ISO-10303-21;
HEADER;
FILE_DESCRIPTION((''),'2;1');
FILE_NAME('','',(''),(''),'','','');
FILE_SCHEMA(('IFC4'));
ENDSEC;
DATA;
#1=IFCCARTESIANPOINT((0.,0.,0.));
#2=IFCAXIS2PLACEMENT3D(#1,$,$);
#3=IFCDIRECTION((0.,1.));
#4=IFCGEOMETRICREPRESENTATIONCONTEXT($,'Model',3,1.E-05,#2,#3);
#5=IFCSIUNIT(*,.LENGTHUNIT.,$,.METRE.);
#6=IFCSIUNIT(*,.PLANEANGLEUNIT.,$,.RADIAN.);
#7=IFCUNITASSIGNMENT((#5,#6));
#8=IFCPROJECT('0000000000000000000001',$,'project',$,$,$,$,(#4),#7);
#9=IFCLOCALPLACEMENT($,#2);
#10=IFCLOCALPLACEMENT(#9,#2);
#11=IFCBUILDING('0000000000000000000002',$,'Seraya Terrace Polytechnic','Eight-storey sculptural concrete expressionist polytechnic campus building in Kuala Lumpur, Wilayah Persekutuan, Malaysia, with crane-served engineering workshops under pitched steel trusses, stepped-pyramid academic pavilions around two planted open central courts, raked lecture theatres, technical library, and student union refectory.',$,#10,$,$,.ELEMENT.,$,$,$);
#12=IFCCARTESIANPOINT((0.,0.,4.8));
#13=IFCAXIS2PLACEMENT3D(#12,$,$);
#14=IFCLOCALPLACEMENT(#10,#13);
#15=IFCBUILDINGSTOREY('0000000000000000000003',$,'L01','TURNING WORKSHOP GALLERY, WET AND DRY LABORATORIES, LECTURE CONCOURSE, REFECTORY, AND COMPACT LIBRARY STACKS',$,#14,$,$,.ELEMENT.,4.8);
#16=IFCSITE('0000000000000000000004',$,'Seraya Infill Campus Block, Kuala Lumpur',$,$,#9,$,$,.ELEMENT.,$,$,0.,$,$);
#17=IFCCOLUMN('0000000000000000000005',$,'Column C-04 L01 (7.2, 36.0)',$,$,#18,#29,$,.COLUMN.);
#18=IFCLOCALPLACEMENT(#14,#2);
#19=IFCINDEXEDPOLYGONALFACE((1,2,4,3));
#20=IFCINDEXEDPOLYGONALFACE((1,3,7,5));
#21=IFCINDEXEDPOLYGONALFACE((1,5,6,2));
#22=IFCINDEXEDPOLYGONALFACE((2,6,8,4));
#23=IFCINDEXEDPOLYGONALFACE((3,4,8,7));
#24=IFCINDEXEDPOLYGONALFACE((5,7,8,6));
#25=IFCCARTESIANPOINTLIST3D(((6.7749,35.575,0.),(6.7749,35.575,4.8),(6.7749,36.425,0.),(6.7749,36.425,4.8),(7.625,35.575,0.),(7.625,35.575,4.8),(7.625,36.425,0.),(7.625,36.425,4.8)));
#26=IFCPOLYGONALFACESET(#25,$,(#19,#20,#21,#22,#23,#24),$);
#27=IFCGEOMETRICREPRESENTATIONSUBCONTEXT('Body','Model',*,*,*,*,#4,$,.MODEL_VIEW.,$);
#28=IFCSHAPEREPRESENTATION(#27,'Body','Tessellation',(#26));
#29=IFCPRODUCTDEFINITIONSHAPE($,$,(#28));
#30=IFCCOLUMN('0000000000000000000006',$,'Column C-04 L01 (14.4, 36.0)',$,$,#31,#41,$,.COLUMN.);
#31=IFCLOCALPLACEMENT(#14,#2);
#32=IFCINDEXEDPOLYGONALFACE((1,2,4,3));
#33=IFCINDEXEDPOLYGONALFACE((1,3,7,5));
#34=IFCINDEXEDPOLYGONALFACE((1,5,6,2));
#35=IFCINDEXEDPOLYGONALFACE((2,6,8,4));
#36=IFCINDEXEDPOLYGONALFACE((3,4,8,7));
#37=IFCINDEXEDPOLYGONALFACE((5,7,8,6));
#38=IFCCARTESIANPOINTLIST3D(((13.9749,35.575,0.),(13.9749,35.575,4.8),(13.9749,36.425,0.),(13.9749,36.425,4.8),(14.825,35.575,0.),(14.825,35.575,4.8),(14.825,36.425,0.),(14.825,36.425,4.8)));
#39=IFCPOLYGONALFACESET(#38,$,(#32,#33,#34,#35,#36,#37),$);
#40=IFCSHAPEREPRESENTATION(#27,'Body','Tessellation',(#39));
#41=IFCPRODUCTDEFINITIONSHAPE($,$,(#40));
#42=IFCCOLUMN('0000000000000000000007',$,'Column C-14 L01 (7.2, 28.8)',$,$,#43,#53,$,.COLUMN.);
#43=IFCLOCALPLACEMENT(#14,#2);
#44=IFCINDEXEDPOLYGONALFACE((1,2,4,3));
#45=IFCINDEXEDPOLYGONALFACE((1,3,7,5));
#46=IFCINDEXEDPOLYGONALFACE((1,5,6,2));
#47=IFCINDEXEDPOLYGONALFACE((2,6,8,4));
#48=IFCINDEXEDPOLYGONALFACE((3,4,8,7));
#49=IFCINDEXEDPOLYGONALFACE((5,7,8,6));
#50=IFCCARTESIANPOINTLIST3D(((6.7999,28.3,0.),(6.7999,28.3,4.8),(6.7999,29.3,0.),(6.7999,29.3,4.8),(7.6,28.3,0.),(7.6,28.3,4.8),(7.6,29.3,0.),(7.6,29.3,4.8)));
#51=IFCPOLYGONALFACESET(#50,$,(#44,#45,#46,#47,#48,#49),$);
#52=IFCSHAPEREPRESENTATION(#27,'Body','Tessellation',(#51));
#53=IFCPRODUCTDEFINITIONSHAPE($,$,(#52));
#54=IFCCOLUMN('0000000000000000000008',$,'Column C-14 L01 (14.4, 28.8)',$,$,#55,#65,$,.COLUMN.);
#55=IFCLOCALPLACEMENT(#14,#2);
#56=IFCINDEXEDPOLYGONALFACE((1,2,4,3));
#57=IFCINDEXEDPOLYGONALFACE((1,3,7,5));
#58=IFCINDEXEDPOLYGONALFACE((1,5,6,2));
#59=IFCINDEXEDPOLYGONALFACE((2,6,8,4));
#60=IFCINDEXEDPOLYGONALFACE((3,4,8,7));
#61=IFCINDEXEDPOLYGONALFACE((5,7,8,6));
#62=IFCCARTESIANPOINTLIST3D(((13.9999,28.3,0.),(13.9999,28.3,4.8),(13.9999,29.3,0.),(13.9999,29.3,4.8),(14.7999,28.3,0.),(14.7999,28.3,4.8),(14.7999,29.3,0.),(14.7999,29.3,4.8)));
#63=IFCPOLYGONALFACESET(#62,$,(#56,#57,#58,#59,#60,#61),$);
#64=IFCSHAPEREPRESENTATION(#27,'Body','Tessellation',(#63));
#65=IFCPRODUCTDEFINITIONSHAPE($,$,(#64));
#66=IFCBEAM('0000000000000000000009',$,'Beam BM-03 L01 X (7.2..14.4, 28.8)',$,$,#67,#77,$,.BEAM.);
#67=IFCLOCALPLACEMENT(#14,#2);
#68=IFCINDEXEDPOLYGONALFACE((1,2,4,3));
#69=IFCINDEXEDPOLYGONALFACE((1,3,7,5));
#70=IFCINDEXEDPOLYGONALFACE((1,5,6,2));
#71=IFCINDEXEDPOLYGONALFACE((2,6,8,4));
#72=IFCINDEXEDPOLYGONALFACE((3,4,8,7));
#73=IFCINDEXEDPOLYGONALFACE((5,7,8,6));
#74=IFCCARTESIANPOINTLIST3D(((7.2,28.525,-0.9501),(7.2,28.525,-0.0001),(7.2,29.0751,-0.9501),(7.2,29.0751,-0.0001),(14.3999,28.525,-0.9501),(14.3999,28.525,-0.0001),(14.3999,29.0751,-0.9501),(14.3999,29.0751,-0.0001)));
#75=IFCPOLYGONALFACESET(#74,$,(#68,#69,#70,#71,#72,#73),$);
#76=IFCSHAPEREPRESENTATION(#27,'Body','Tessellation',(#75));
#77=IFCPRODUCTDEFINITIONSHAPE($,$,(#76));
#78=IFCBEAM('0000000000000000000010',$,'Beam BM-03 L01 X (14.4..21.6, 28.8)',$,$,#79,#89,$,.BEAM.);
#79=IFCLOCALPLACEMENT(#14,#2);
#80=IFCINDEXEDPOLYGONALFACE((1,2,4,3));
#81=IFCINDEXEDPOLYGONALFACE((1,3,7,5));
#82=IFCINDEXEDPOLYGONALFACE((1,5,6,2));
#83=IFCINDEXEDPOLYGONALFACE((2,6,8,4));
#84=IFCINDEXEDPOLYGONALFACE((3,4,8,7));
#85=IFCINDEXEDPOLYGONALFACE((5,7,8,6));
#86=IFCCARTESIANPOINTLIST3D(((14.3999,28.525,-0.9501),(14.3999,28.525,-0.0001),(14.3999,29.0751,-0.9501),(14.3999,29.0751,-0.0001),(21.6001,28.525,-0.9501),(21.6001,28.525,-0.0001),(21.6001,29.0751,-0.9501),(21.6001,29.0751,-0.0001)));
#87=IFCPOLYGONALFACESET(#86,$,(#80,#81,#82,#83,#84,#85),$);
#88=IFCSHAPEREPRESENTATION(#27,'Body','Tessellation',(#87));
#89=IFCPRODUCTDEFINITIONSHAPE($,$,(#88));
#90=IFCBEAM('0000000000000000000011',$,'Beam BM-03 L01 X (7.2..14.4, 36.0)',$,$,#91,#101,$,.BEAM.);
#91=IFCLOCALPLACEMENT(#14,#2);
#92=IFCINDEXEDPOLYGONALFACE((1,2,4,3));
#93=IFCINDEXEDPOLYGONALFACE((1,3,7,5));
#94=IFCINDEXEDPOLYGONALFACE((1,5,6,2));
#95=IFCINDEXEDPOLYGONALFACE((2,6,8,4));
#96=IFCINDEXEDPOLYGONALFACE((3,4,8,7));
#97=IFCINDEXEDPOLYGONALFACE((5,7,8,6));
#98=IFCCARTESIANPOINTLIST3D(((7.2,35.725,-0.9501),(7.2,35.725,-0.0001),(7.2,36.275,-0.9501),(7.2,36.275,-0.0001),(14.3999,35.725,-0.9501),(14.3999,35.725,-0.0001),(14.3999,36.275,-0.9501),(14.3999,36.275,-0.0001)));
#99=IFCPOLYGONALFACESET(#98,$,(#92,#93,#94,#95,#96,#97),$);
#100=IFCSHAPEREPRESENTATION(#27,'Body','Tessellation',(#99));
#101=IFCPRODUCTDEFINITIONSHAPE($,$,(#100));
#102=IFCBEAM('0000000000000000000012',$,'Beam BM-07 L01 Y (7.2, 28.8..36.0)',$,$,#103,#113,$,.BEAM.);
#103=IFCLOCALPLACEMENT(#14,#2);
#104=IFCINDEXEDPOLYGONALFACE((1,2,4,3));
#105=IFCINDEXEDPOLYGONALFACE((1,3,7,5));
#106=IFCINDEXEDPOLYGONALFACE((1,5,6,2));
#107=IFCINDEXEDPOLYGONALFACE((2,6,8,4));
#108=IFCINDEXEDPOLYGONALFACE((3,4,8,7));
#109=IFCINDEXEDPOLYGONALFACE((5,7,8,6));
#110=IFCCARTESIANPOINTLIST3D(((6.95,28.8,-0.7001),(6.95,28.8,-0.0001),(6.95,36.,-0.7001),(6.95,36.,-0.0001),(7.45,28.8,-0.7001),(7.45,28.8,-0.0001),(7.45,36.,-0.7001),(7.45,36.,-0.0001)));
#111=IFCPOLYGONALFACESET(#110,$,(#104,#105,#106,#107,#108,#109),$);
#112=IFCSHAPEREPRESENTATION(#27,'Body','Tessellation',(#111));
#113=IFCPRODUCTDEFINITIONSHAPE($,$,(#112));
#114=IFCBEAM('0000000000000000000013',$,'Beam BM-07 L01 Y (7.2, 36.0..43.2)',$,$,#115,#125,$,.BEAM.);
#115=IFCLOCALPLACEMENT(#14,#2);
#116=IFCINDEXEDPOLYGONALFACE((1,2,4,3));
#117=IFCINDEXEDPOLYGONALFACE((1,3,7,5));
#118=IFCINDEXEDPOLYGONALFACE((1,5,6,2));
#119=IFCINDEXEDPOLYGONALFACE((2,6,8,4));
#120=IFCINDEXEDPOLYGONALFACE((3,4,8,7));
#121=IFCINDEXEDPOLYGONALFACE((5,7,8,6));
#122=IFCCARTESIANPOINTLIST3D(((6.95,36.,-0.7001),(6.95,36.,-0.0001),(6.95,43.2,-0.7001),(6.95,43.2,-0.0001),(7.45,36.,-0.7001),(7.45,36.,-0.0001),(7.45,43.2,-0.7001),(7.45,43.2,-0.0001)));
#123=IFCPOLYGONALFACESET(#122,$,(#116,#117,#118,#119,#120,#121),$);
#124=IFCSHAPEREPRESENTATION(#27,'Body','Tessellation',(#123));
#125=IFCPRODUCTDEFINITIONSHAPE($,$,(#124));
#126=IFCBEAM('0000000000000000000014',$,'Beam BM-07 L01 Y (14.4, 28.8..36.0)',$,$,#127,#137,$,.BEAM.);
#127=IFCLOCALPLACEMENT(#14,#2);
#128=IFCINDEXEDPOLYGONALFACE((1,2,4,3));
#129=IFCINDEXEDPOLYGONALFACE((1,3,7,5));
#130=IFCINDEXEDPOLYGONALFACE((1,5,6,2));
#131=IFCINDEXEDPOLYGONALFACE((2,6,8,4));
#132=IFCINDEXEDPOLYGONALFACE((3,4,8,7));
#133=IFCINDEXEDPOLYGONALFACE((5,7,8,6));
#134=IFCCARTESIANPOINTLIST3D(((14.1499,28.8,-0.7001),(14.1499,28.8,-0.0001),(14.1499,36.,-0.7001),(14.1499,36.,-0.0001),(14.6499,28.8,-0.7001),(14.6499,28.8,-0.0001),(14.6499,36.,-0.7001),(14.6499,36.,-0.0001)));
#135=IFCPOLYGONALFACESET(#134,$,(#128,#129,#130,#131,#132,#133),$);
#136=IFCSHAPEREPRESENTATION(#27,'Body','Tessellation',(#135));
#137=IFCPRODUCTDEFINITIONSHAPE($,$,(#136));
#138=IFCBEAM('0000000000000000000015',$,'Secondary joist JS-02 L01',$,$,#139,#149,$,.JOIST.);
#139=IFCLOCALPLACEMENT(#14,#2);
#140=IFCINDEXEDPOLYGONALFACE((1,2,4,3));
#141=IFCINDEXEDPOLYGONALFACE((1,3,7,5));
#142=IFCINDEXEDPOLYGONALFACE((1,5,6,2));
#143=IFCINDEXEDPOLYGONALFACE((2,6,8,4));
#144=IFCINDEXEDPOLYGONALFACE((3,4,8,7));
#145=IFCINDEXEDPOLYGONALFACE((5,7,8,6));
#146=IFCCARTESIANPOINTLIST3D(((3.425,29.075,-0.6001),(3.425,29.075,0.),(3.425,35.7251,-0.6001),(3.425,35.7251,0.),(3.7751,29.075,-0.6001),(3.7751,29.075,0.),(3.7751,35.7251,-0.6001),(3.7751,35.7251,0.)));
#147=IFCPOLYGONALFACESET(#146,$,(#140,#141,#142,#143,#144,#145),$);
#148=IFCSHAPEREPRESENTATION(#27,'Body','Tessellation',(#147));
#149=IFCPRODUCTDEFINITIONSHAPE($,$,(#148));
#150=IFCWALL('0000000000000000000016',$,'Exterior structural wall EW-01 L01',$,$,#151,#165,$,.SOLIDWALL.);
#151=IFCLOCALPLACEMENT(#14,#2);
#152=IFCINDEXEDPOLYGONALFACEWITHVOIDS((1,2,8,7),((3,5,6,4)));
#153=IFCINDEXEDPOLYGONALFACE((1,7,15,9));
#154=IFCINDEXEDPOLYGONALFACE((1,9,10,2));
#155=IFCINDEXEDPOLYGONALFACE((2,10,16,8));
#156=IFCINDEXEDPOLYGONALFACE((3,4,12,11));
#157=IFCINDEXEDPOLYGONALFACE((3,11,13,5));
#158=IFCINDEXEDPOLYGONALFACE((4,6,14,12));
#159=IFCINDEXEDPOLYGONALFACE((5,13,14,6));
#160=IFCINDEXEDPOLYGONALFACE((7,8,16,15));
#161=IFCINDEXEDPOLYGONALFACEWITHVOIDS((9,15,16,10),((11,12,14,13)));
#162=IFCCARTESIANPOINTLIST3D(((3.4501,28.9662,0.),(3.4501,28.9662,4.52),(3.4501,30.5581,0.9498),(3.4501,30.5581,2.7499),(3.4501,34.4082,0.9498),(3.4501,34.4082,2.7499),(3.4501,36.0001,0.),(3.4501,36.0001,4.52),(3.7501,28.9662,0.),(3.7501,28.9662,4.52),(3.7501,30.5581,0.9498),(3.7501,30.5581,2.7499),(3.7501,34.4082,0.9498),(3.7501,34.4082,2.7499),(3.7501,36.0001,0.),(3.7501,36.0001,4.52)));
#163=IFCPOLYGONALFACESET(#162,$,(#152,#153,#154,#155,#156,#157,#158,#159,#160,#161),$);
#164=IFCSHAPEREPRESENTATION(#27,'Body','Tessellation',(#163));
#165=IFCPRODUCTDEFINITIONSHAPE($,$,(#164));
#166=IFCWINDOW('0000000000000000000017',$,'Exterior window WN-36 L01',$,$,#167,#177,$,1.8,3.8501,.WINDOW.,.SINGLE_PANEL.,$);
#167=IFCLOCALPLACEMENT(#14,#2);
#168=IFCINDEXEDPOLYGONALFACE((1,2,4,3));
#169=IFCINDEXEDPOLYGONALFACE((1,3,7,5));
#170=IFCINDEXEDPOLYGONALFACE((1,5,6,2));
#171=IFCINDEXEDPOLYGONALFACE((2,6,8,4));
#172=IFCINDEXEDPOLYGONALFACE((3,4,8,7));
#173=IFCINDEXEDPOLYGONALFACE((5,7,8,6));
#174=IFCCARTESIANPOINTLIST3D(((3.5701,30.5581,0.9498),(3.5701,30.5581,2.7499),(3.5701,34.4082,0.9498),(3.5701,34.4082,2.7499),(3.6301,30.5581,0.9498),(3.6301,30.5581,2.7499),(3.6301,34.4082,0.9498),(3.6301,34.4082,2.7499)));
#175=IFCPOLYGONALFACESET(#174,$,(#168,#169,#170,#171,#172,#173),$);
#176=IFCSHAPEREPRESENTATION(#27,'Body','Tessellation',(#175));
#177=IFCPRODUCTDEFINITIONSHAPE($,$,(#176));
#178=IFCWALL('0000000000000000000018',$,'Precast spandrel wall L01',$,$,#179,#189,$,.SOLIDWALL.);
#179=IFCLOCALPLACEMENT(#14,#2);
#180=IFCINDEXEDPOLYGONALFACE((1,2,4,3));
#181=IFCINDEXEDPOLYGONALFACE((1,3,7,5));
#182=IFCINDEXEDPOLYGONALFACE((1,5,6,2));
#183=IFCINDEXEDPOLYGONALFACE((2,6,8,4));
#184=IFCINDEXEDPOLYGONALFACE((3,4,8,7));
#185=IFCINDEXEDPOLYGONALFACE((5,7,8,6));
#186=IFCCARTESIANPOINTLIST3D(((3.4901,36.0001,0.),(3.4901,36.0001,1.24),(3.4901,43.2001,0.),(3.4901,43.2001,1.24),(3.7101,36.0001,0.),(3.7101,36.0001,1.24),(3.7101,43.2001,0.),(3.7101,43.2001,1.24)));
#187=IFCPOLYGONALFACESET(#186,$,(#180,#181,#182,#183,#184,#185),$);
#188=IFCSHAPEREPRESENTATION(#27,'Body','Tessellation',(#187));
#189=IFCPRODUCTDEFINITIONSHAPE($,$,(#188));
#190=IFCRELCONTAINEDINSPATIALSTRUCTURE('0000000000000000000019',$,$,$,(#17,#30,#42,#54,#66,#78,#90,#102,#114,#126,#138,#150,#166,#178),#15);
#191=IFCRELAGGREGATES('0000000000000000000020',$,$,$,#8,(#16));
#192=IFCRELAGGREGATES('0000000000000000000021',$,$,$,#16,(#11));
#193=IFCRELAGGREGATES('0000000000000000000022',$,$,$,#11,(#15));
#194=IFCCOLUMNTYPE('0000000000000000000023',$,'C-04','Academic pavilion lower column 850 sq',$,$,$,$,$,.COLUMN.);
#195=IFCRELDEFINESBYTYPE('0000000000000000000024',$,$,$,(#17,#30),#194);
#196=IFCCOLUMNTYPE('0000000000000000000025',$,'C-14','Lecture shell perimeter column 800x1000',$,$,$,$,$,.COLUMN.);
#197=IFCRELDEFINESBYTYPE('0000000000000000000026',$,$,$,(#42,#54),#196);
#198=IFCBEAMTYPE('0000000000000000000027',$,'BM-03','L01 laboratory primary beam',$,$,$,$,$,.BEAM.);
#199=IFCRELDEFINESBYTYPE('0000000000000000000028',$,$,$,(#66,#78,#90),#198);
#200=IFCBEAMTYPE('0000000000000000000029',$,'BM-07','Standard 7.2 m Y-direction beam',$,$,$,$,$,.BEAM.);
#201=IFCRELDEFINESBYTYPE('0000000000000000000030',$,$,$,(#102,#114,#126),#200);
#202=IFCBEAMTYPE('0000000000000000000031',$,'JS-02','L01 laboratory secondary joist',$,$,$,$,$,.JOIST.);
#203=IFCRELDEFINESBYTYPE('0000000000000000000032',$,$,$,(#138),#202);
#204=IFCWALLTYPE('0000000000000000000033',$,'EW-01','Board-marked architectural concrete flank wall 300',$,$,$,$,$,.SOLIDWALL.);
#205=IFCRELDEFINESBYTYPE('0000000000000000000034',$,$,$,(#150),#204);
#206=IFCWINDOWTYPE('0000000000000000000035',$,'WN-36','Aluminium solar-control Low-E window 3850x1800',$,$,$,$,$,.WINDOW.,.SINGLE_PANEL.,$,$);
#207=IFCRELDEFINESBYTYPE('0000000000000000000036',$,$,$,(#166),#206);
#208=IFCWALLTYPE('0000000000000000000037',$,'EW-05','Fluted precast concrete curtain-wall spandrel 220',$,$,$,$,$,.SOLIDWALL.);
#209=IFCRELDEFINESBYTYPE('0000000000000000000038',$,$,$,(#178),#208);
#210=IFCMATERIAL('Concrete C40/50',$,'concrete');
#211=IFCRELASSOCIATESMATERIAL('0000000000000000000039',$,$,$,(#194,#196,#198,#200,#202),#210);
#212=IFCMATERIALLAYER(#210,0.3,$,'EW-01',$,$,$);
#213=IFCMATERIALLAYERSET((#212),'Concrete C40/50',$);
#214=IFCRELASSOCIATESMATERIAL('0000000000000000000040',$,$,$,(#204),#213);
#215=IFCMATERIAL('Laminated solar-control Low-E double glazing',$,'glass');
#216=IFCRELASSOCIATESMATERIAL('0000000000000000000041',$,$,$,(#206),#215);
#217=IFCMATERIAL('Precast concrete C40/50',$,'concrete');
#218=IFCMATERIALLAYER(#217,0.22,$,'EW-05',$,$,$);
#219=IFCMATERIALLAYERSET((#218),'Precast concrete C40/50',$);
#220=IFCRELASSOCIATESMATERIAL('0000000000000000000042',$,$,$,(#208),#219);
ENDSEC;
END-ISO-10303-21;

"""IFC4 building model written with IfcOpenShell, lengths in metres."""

from ifc_helpers import new_model, si_unit, direction, frame, frame_2d, origin, origin_2d, place, context, subcontext, project, spatial, rectangle, extrude, material, layer, layer_set, material_profile, profile_set, type_object, element, fill, save


model = new_model("IFC4")

# Units and contexts
model_context = context("Model", 3, precision=1e-05, world=origin(), true_north=direction((0.0, 1.0)))
body_context = subcontext(model_context, "Body", "Model", "MODEL_VIEW")
ifc_project = project(units=[si_unit("LENGTHUNIT", "METRE"), si_unit("PLANEANGLEUNIT", "RADIAN")], contexts=[model_context])

# Site, building, storey
site_placement = place(None, origin())
site = spatial("IfcSite", under=ifc_project, at=site_placement, Name="Seraya Infill Campus Block, Kuala Lumpur", CompositionType="ELEMENT", RefElevation=0.0)
building_placement = place(site_placement, origin())
building = spatial("IfcBuilding", under=site, at=building_placement, Name="Seraya Terrace Polytechnic", Description="Eight-storey sculptural concrete expressionist polytechnic campus building in Kuala Lumpur, Wilayah Persekutuan, Malaysia, with crane-served engineering workshops under pitched steel trusses, stepped-pyramid academic pavilions around two planted open central courts, raked lecture theatres, technical library, and student union refectory.", CompositionType="ELEMENT")
storey_placement = place(building_placement, frame((0.0, 0.0, 4.8)))
storey = spatial("IfcBuildingStorey", under=building, at=storey_placement, Name="L01", Description="TURNING WORKSHOP GALLERY, WET AND DRY LABORATORIES, LECTURE CONCOURSE, REFECTORY, AND COMPACT LIBRARY STACKS", CompositionType="ELEMENT", Elevation=4.8)

# Columns
ifc_material_1 = material(Name="Concrete C40/50", Category="concrete")
ifc_material_profile_1 = material_profile(ifc_material_1, rectangle(XDim=0.8501, YDim=0.8501, at=origin_2d()), Name="RC 850x850")
ifc_profile_set_1 = profile_set([ifc_material_profile_1], Name="Concrete C40/50")
column_type_1 = type_object("IfcColumnType", Name="C-04", Description="Academic pavilion lower column 850 sq", PredefinedType="COLUMN", material=ifc_profile_set_1)
for number, where, z_axis, x_axis, name in (
    (1, (7.2, 36.0, 0.0), (0.0, 0.0, 1.0), (1.0, 0.0, 0.0), "Column C-04 L01 (7.2, 36.0)"),
    (2, (14.3999, 36.0, 0.0), (0.0, 0.0, 1.0), (1.0, 0.0, 0.0), "Column C-04 L01 (14.4, 36.0)"),
):
    element("IfcColumn", number, at=place(storey_placement, frame(where, z_axis=z_axis, x_axis=x_axis)), inside=storey, type_object=column_type_1, Name=name, PredefinedType="COLUMN", context=body_context, shape_type="SweptSolid", body=[
        extrude(rectangle(XDim=0.8501, YDim=0.8501, at=origin_2d()), origin(), (0.0, 0.0, 1.0), 4.8),
    ])
ifc_material_profile_2 = material_profile(ifc_material_1, rectangle(XDim=0.8, YDim=1.0, at=origin_2d()), Name="RC 800x1000")
ifc_profile_set_2 = profile_set([ifc_material_profile_2], Name="Concrete C40/50")
column_type_2 = type_object("IfcColumnType", Name="C-14", Description="Lecture shell perimeter column 800x1000", PredefinedType="COLUMN", material=ifc_profile_set_2)
for number, where, z_axis, x_axis, name in (
    (3, (7.2, 28.8, 0.0), (0.0, 0.0, 1.0), (1.0, 0.0, 0.0), "Column C-14 L01 (7.2, 28.8)"),
    (4, (14.3999, 28.8, 0.0), (0.0, 0.0, 1.0), (1.0, 0.0, 0.0), "Column C-14 L01 (14.4, 28.8)"),
):
    element("IfcColumn", number, at=place(storey_placement, frame(where, z_axis=z_axis, x_axis=x_axis)), inside=storey, type_object=column_type_2, Name=name, PredefinedType="COLUMN", context=body_context, shape_type="SweptSolid", body=[
        extrude(rectangle(XDim=0.8, YDim=1.0, at=origin_2d()), origin(), (0.0, 0.0, 1.0), 4.8),
    ])

# Beams
ifc_material_profile_3 = material_profile(ifc_material_1, rectangle(XDim=0.55, YDim=0.95, at=origin_2d()), Name="RC 550x950")
ifc_profile_set_3 = profile_set([ifc_material_profile_3], Name="Concrete C40/50")
beam_type_1 = type_object("IfcBeamType", Name="BM-03", Description="L01 laboratory primary beam", PredefinedType="BEAM", material=ifc_profile_set_3)
beam_1_placement = place(storey_placement, frame((7.2, 28.8, -0.4751), z_axis=(1.0, 0.0, 0.0), x_axis=(0.0, 1.0, 0.0)))
element("IfcBeam", 5, at=beam_1_placement, inside=storey, type_object=beam_type_1, Name="Beam BM-03 L01 X (7.2..14.4, 28.8)", PredefinedType="BEAM", context=body_context, shape_type="SweptSolid", body=[
    extrude(rectangle(XDim=0.55, YDim=0.95, at=origin_2d()), origin(), (0.0, 0.0, 1.0), 7.2),
])
beam_2_placement = place(storey_placement, frame((14.3999, 28.8, -0.4751), z_axis=(1.0, 0.0, 0.0), x_axis=(0.0, 1.0, 0.0)))
element("IfcBeam", 6, at=beam_2_placement, inside=storey, type_object=beam_type_1, Name="Beam BM-03 L01 X (14.4..21.6, 28.8)", PredefinedType="BEAM", context=body_context, shape_type="SweptSolid", body=[
    extrude(rectangle(XDim=0.55, YDim=0.95, at=origin_2d()), origin(), (0.0, 0.0, 1.0), 7.2002),
])
beam_3_placement = place(storey_placement, frame((7.2, 36.0, -0.4751), z_axis=(1.0, 0.0, 0.0), x_axis=(0.0, 1.0, 0.0)))
element("IfcBeam", 7, at=beam_3_placement, inside=storey, type_object=beam_type_1, Name="Beam BM-03 L01 X (7.2..14.4, 36.0)", PredefinedType="BEAM", context=body_context, shape_type="SweptSolid", body=[
    extrude(rectangle(XDim=0.55, YDim=0.95, at=origin_2d()), origin(), (0.0, 0.0, 1.0), 7.2),
])
ifc_material_profile_4 = material_profile(ifc_material_1, rectangle(XDim=0.5, YDim=0.7, at=origin_2d()), Name="RC 500x700")
ifc_profile_set_4 = profile_set([ifc_material_profile_4], Name="Concrete C40/50")
beam_type_2 = type_object("IfcBeamType", Name="BM-07", Description="Standard 7.2 m Y-direction beam", PredefinedType="BEAM", material=ifc_profile_set_4)
for number, where, z_axis, x_axis, name in (
    (8, (7.2, 28.8, -0.3501), (0.0, 1.0, 0.0), (-1.0, 0.0, 0.0), "Beam BM-07 L01 Y (7.2, 28.8..36.0)"),
    (9, (7.2, 36.0, -0.3501), (0.0, 1.0, 0.0), (-1.0, 0.0, 0.0), "Beam BM-07 L01 Y (7.2, 36.0..43.2)"),
    (10, (14.3999, 28.8, -0.3501), (0.0, 1.0, 0.0), (-1.0, 0.0, 0.0), "Beam BM-07 L01 Y (14.4, 28.8..36.0)"),
):
    element("IfcBeam", number, at=place(storey_placement, frame(where, z_axis=z_axis, x_axis=x_axis)), inside=storey, type_object=beam_type_2, Name=name, PredefinedType="BEAM", context=body_context, shape_type="SweptSolid", body=[
        extrude(rectangle(XDim=0.5, YDim=0.7, at=origin_2d()), origin(), (0.0, 0.0, 1.0), 7.2),
    ])
ifc_material_profile_5 = material_profile(ifc_material_1, rectangle(XDim=0.3501, YDim=0.6001, at=origin_2d()), Name="RC 350x600")
ifc_profile_set_5 = profile_set([ifc_material_profile_5], Name="Concrete C40/50")
beam_type_3 = type_object("IfcBeamType", Name="JS-02", Description="L01 laboratory secondary joist", PredefinedType="JOIST", material=ifc_profile_set_5)
beam_4_placement = place(storey_placement, frame((3.6001, 29.075, -0.3), z_axis=(0.0, 1.0, 0.0), x_axis=(-1.0, 0.0, 0.0)))
element("IfcBeam", 11, at=beam_4_placement, inside=storey, type_object=beam_type_3, Name="Secondary joist JS-02 L01", PredefinedType="JOIST", context=body_context, shape_type="SweptSolid", body=[
    extrude(rectangle(XDim=0.3501, YDim=0.6001, at=origin_2d()), origin(), (0.0, 0.0, 1.0), 6.6501),
])

# Wall, opening, window
ifc_layer_1 = layer(ifc_material_1, 0.3, Name="EW-01")
ifc_layer_set_1 = layer_set([ifc_layer_1], Name="Concrete C40/50")
wall_type_1 = type_object("IfcWallType", Name="EW-01", Description="Board-marked architectural concrete flank wall 300", PredefinedType="SOLIDWALL", material=ifc_layer_set_1)
wall_1_placement = place(storey_placement, frame((3.6001, 28.9661, 0.0), z_axis=(0.0, 0.0, 1.0), x_axis=(0.0, 1.0, 0.0)))
wall_1 = element("IfcWall", 12, at=wall_1_placement, inside=storey, type_object=wall_type_1, Name="Exterior structural wall EW-01 L01", PredefinedType="SOLIDWALL", context=body_context, shape_type="SweptSolid", body=[
    extrude(rectangle(XDim=7.0339, YDim=0.3, at=frame_2d((3.5171, 0.0))), origin(), (0.0, 0.0, 1.0), 4.52),
])
opening_1_placement = place(wall_1_placement, frame((1.592, 0.0, 0.95)))
opening_1 = element("IfcOpeningElement", 13, at=opening_1_placement, cuts=wall_1, PredefinedType="OPENING", context=body_context, shape_type="SweptSolid", body=[
    extrude(rectangle(XDim=3.8501, YDim=1.8, at=frame_2d((1.925, 0.8999))), frame((0.0, 0.1621, 0.0), z_axis=(0.0, -1.0, 0.0), x_axis=(1.0, 0.0, 0.0)), (0.0, 0.0, 1.0), 0.324),
])
ifc_material_2 = material(Name="Laminated solar-control Low-E double glazing", Category="glass")
window_type = type_object("IfcWindowType", Name="WN-36", Description="Aluminium solar-control Low-E window 3850x1800", PartitioningType="SINGLE_PANEL", PredefinedType="WINDOW", material=ifc_material_2)
window_placement = place(opening_1_placement, origin())
window = element("IfcWindow", 14, at=window_placement, inside=storey, type_object=window_type, Name="Exterior window WN-36 L01", OverallHeight=1.8, OverallWidth=3.8501, PartitioningType="SINGLE_PANEL", PredefinedType="WINDOW", context=body_context, shape_type="SweptSolid", body=[
    extrude(rectangle(XDim=3.8501, YDim=1.8, at=frame_2d((1.925, 0.8999))), frame((0.0, 0.03, 0.0), z_axis=(0.0, -1.0, 0.0), x_axis=(1.0, 0.0, 0.0)), (0.0, 0.0, 1.0), 0.0601),
])
fill(opening_1, window)

# Wall
ifc_material_3 = material(Name="Precast concrete C40/50", Category="concrete")
ifc_layer_2 = layer(ifc_material_3, 0.22, Name="EW-05")
ifc_layer_set_2 = layer_set([ifc_layer_2], Name="Precast concrete C40/50")
wall_type_2 = type_object("IfcWallType", Name="EW-05", Description="Fluted precast concrete curtain-wall spandrel 220", PredefinedType="SOLIDWALL", material=ifc_layer_set_2)
wall_2_placement = place(storey_placement, frame((3.6001, 36.0, 0.0), z_axis=(0.0, 0.0, 1.0), x_axis=(0.0, 1.0, 0.0)))
element("IfcWall", 15, at=wall_2_placement, inside=storey, type_object=wall_type_2, Name="Precast spandrel wall L01", PredefinedType="SOLIDWALL", context=body_context, shape_type="SweptSolid", body=[
    extrude(rectangle(XDim=7.2, YDim=0.22, at=frame_2d((3.6001, 0.0))), origin(), (0.0, 0.0, 1.0), 1.24),
])

save(model, "model.ifc")
